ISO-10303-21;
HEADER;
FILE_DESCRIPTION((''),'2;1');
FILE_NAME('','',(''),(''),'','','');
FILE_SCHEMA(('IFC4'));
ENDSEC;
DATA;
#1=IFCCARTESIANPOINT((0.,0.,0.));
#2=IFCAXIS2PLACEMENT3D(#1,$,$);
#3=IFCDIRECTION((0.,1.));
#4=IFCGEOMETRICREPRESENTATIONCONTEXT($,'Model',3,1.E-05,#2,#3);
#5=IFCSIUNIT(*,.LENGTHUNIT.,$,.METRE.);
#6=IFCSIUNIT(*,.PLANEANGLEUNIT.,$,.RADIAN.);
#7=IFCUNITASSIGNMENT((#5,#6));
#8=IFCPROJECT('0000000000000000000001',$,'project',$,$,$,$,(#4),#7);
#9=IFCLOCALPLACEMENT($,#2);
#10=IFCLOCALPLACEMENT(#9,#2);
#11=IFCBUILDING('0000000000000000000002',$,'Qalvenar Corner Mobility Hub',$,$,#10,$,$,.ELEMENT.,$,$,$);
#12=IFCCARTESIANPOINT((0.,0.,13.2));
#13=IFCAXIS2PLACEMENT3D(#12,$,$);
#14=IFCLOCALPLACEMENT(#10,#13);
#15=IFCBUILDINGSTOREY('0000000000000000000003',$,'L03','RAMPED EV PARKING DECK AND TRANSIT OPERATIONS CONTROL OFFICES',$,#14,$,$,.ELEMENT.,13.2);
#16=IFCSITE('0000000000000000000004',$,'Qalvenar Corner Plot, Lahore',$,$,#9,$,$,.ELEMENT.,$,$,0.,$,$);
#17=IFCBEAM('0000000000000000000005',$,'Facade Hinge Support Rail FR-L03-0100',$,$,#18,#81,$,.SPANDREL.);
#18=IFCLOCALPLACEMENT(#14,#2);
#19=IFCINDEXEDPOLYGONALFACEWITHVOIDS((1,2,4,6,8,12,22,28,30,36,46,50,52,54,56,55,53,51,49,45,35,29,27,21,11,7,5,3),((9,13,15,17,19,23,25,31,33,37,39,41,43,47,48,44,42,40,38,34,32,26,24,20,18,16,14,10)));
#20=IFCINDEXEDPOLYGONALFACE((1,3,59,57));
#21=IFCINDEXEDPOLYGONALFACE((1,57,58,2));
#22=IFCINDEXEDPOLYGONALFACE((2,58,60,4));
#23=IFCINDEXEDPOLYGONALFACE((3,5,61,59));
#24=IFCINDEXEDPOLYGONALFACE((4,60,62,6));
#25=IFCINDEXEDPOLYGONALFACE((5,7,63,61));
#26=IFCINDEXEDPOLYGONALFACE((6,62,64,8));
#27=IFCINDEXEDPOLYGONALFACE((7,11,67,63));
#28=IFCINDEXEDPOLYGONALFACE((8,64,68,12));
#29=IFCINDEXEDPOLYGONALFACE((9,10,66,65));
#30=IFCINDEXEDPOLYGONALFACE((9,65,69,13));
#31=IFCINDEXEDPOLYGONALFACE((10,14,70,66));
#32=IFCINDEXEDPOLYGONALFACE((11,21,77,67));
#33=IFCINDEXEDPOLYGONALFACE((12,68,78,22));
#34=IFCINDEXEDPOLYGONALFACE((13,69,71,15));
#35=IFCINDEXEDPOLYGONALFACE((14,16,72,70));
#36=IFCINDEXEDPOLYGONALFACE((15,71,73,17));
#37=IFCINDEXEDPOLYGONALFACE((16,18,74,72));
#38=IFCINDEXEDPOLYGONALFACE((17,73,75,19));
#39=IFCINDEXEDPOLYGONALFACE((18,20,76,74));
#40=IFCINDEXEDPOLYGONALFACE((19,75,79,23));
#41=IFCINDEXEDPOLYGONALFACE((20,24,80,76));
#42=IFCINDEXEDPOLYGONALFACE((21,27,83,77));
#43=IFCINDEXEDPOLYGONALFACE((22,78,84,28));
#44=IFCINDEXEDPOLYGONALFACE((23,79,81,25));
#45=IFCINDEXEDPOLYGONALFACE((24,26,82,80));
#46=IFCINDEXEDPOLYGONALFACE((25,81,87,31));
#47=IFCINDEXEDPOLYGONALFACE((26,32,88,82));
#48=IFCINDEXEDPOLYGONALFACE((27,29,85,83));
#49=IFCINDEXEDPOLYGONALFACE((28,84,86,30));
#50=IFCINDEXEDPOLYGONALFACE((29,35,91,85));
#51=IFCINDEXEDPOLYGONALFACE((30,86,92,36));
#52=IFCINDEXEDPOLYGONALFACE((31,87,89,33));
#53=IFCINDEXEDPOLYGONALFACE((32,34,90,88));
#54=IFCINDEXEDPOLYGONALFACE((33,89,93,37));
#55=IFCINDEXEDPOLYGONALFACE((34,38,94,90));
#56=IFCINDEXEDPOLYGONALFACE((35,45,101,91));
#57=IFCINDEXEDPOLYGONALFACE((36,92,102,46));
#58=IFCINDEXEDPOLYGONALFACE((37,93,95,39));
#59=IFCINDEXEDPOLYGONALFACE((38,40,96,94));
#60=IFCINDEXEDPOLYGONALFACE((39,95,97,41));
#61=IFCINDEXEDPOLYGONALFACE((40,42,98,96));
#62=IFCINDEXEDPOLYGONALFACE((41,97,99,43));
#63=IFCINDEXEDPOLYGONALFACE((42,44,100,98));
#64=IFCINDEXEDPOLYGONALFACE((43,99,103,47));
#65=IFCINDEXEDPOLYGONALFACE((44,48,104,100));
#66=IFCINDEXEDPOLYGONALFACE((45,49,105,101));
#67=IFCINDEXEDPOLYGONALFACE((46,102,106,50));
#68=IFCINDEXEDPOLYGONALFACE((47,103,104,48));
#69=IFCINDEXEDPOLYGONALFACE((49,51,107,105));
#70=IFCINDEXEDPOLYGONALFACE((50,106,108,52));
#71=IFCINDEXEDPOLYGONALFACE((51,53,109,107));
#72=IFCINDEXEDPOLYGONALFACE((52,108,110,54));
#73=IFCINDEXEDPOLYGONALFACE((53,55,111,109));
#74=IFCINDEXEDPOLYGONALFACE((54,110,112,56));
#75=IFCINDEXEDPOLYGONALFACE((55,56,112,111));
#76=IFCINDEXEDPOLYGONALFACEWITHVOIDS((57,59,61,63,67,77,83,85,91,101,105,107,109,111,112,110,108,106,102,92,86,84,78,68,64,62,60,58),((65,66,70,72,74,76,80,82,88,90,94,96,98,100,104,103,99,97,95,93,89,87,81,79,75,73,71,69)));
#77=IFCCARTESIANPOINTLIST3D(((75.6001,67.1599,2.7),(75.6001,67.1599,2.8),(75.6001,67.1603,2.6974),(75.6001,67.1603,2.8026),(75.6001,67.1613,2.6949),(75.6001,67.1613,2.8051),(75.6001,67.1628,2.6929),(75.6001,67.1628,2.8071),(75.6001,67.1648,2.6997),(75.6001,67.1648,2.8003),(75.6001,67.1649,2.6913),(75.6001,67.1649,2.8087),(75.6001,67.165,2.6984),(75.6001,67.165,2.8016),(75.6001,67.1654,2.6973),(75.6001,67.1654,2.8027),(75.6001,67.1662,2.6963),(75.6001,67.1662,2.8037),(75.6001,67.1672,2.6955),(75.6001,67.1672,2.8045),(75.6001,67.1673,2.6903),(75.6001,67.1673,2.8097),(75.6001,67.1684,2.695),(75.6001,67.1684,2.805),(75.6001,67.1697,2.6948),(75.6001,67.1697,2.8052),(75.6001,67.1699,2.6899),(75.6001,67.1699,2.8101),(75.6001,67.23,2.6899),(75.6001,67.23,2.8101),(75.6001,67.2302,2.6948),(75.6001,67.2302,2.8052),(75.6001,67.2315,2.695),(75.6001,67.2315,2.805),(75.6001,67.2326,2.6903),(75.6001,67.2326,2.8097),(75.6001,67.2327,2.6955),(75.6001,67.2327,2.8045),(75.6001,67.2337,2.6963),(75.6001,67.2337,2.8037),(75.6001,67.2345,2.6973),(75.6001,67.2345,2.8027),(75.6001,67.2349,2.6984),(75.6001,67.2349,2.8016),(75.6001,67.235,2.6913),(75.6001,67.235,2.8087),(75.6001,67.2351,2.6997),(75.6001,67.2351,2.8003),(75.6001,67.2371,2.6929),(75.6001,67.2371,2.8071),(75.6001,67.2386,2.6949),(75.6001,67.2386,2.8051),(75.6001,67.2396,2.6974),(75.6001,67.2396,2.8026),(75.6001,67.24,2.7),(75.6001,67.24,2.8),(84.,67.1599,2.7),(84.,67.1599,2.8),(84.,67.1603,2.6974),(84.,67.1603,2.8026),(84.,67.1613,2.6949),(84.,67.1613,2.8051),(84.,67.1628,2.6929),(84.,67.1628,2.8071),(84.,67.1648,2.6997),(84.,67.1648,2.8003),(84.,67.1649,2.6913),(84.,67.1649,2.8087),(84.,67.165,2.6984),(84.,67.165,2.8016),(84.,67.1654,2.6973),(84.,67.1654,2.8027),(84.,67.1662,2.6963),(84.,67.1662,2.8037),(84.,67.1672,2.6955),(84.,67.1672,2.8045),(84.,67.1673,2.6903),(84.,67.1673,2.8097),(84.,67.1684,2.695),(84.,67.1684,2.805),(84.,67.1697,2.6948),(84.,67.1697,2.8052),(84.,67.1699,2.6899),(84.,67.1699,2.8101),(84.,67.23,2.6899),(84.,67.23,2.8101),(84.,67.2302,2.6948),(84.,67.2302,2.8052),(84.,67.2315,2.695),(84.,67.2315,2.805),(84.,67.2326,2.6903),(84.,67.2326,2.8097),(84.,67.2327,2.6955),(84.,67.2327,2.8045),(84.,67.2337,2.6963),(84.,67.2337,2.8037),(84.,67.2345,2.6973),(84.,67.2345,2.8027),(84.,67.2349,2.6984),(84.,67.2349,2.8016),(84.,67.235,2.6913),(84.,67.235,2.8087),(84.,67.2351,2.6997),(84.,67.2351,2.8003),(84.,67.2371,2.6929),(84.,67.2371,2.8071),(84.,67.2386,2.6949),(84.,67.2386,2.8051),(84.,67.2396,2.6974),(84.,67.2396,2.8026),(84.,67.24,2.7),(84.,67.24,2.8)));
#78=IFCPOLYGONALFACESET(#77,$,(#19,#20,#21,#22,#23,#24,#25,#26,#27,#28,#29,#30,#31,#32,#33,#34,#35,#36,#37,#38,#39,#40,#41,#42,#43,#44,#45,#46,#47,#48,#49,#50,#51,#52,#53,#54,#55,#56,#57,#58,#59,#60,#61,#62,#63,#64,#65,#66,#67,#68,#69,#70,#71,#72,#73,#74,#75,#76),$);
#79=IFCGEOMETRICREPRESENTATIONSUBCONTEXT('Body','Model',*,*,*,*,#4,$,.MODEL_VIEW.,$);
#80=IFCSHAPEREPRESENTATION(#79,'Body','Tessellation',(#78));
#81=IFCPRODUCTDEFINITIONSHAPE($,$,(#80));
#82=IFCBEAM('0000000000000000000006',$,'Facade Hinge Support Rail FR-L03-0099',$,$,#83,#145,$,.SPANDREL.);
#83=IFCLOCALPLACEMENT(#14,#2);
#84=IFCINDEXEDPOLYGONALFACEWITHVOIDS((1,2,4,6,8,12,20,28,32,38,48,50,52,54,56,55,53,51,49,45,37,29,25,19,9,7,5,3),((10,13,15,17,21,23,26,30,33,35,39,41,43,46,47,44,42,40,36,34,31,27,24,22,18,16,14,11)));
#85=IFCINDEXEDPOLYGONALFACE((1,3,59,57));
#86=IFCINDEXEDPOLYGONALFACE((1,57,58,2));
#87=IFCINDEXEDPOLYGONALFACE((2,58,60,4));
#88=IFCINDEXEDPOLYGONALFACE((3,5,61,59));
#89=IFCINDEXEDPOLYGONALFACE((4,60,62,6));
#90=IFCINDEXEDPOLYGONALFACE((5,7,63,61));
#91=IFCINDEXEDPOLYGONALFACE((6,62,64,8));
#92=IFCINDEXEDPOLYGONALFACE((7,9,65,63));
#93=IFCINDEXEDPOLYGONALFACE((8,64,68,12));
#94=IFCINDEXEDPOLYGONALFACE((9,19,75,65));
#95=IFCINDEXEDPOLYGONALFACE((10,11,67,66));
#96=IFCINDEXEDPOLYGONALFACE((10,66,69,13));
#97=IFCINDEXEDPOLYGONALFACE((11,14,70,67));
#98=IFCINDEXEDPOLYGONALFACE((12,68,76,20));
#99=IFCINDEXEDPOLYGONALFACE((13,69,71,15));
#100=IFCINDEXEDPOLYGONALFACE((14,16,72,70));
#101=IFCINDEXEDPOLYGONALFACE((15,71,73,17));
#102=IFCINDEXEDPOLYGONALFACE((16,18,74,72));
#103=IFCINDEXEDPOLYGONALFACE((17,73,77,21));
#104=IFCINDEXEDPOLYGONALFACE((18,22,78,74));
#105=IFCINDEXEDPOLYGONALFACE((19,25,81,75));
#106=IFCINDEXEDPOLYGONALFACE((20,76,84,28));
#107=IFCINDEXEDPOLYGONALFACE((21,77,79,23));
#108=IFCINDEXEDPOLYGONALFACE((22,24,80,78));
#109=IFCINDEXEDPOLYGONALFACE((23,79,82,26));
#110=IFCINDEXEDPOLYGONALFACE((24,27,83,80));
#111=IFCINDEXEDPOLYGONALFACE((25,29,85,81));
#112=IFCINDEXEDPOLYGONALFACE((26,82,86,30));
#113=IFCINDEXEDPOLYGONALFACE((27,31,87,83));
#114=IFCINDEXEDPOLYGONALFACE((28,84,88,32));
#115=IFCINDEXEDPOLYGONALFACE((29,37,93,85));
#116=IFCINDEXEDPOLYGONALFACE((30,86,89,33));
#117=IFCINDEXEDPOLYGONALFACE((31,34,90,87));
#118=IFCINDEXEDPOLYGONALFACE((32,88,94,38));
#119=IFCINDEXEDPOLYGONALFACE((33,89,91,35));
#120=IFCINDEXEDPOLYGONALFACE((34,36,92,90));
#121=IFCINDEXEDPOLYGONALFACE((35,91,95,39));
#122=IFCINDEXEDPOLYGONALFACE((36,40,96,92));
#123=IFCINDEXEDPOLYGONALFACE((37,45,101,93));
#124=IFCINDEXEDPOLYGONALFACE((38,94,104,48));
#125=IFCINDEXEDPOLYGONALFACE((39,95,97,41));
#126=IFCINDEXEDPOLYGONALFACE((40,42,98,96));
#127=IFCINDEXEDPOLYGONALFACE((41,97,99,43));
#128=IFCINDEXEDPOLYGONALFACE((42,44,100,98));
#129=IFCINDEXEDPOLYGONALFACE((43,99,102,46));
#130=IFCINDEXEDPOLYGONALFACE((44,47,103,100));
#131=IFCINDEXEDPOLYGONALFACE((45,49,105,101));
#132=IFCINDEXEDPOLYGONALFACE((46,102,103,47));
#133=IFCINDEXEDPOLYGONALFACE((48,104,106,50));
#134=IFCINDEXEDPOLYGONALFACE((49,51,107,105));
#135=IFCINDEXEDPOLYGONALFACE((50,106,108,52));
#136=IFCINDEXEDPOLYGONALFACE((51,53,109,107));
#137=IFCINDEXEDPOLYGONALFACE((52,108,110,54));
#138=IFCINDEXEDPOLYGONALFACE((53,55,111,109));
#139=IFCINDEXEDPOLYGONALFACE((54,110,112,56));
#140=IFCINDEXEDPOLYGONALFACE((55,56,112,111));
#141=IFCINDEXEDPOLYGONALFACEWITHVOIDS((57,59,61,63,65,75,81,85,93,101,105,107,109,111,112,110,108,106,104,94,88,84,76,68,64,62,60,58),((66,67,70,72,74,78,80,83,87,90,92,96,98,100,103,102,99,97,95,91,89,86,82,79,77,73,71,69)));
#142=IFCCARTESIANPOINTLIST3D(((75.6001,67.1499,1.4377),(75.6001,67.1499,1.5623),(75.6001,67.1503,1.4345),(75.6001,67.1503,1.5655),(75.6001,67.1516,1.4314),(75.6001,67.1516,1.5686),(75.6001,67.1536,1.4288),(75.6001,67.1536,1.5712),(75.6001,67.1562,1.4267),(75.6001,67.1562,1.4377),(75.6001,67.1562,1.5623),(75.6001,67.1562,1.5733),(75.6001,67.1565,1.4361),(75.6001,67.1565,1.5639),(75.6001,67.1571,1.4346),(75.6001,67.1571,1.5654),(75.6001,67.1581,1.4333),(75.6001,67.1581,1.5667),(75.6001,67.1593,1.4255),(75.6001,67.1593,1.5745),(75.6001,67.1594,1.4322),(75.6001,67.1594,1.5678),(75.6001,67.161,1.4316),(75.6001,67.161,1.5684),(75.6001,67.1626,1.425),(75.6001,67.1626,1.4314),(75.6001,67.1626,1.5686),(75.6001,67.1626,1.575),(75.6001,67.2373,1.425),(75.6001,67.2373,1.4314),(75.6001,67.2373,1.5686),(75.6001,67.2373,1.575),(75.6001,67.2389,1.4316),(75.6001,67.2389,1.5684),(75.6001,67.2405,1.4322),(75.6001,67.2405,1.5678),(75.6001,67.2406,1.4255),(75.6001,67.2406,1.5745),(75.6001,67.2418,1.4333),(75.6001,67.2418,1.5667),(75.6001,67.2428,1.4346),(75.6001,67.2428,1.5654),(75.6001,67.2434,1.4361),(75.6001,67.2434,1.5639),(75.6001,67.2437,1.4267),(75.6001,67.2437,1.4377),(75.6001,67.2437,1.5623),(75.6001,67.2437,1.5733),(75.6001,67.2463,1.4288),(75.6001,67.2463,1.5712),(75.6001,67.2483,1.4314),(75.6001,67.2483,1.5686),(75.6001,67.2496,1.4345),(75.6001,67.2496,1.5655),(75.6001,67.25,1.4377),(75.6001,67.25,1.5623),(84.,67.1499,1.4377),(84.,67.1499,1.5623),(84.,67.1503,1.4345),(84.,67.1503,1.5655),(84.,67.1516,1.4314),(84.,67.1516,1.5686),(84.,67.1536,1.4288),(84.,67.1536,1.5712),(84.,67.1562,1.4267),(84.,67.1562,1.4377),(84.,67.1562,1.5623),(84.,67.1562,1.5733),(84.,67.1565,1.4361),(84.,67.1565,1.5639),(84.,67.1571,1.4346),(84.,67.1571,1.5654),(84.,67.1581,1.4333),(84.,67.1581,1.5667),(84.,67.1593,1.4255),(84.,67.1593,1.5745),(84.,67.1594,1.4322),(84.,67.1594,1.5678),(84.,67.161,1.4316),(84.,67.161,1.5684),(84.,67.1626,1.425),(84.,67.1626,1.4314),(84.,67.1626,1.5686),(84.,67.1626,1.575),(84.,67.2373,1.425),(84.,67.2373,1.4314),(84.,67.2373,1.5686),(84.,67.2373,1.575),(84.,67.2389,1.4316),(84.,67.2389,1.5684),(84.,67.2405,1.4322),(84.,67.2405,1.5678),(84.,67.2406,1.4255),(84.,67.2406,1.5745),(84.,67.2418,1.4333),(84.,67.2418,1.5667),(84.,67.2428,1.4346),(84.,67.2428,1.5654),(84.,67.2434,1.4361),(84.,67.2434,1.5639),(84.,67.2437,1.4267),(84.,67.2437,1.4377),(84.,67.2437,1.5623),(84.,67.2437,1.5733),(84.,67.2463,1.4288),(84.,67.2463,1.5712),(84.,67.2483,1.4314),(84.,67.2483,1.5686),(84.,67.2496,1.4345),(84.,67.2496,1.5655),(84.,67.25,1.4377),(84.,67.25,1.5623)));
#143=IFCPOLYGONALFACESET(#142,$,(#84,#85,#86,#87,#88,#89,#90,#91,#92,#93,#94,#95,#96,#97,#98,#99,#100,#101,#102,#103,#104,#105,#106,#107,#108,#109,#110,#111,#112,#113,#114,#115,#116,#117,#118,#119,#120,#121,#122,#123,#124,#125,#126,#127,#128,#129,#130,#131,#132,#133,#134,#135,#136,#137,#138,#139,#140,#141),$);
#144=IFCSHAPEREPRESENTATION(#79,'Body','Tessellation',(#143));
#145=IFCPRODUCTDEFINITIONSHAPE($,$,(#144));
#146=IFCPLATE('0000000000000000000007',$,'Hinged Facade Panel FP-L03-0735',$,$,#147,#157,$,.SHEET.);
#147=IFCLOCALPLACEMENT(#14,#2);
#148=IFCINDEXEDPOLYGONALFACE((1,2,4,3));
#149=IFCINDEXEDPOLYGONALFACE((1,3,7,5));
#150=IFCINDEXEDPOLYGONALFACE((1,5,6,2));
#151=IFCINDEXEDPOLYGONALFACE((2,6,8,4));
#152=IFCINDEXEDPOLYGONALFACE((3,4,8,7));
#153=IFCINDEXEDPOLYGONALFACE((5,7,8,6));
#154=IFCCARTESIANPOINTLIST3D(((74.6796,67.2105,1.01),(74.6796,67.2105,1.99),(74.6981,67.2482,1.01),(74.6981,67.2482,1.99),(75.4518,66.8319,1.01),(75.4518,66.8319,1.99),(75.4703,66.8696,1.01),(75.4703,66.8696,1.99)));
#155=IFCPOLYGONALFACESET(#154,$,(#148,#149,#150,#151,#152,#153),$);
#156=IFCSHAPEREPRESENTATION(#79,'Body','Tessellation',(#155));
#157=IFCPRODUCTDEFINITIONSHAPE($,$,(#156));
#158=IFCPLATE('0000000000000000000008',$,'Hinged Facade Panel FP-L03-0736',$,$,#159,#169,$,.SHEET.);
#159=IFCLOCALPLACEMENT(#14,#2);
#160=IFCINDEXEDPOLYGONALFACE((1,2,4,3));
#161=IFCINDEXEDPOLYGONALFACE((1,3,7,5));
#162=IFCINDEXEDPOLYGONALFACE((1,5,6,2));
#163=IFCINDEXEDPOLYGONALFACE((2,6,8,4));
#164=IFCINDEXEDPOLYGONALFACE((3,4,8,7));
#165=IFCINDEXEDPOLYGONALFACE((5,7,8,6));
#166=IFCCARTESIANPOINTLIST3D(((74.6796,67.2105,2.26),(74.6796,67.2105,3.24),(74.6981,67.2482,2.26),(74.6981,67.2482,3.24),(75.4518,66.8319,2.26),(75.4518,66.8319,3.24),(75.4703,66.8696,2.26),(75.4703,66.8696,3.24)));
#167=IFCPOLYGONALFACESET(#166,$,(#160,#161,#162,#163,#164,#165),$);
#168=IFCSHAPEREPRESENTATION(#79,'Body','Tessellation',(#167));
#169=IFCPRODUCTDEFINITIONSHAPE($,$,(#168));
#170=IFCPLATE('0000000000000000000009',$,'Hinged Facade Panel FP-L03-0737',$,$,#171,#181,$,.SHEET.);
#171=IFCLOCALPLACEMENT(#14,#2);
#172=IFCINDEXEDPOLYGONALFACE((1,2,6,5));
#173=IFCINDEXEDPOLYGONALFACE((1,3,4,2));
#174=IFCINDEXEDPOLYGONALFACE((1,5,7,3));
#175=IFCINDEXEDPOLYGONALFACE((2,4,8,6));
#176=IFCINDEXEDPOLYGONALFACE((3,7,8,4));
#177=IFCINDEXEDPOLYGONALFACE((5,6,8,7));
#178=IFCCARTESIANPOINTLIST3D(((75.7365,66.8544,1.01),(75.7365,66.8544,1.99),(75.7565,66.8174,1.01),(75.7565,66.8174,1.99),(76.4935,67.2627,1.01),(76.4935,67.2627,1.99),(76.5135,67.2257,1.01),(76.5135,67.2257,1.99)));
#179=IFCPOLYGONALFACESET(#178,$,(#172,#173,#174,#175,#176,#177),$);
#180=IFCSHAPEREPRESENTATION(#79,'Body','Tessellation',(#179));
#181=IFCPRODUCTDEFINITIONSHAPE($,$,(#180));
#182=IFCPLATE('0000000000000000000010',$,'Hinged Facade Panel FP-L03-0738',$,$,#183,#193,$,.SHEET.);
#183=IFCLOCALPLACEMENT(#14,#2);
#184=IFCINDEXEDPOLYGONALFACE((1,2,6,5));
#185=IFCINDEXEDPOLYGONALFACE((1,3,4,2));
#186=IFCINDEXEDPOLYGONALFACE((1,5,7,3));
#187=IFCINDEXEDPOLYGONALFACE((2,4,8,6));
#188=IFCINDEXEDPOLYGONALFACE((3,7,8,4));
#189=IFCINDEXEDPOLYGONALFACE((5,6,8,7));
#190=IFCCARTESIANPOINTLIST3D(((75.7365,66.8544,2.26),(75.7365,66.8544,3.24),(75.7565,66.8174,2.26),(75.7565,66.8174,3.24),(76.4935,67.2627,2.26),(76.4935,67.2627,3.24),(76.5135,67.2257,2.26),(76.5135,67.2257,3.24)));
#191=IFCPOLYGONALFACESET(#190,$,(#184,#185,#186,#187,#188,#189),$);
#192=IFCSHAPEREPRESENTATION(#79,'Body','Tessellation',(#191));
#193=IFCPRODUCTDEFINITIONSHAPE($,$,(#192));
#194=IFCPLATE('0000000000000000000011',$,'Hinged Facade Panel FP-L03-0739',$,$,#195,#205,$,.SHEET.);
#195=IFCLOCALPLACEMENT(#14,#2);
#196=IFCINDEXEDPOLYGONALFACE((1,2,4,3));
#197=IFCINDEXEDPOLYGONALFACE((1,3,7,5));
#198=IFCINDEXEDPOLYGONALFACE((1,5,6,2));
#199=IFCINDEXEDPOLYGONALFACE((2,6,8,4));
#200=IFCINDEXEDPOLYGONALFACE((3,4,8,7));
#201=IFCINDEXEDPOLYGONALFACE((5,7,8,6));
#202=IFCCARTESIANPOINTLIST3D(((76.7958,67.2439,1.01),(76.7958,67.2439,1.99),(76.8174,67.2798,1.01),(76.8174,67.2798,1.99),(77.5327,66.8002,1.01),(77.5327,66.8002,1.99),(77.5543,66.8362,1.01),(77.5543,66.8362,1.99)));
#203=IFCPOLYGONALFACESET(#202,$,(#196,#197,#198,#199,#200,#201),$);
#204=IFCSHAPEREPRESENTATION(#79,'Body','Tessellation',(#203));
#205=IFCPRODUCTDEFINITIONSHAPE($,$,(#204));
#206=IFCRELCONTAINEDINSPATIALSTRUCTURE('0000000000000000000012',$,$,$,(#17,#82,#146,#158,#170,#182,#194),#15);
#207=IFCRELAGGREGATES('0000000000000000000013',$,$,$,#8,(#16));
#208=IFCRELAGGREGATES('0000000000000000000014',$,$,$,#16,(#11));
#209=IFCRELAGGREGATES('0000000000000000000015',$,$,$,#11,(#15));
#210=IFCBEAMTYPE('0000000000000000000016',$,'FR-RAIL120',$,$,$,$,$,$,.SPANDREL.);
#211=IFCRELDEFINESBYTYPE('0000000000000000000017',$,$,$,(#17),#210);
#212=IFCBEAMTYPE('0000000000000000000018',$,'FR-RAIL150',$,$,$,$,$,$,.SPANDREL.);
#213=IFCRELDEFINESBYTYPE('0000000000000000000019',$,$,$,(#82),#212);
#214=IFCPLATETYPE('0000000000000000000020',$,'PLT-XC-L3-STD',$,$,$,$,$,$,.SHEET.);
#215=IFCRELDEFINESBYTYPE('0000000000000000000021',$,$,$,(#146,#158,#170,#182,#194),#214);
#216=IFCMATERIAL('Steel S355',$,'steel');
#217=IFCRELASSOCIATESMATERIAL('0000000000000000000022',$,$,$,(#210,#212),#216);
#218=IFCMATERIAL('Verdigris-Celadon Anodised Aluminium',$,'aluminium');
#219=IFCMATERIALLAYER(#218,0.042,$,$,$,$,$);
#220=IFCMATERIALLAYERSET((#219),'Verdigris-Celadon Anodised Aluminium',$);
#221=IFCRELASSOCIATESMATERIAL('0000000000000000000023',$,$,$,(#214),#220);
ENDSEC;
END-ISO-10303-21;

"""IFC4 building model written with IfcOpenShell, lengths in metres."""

from ifc_helpers import new_model, si_unit, direction, frame, origin, origin_2d, place, context, subcontext, project, spatial, rectangle, hollow_rectangle, extrude, material, layer, layer_set, material_profile, profile_set, type_object, element, save


model = new_model("IFC4")

# Units and contexts
model_context = context("Model", 3, precision=1e-05, world=origin(), true_north=direction((0.0, 1.0)))
body_context = subcontext(model_context, "Body", "Model", "MODEL_VIEW")
ifc_project = project(units=[si_unit("LENGTHUNIT", "METRE"), si_unit("PLANEANGLEUNIT", "RADIAN")], contexts=[model_context])

# Site, building, storey
site_placement = place(None, origin())
site = spatial("IfcSite", under=ifc_project, at=site_placement, Name="Qalvenar Corner Plot, Lahore", CompositionType="ELEMENT", RefElevation=0.0)
building_placement = place(site_placement, origin())
building = spatial("IfcBuilding", under=site, at=building_placement, Name="Qalvenar Corner Mobility Hub", CompositionType="ELEMENT")
storey_placement = place(building_placement, frame((0.0, 0.0, 13.2)))
storey = spatial("IfcBuildingStorey", under=building, at=storey_placement, Name="L03", Description="RAMPED EV PARKING DECK AND TRANSIT OPERATIONS CONTROL OFFICES", CompositionType="ELEMENT", Elevation=13.2)

# Shared definitions
ifc_material_1 = material(Name="Steel S355", Category="steel")

# Beams
ifc_material_profile_1 = material_profile(ifc_material_1, hollow_rectangle(XDim=0.0801, YDim=0.1201, WallThickness=0.0049, InnerFilletRadius=0.0049, OuterFilletRadius=0.01, at=origin_2d()), Name="RHS120x80x5")
ifc_profile_set_1 = profile_set([ifc_material_profile_1], Name="Steel S355")
beam_type_1 = type_object("IfcBeamType", Name="FR-RAIL120", PredefinedType="SPANDREL", material=ifc_profile_set_1)
beam_1_placement = place(storey_placement, frame((75.6001, 67.2, 2.75), z_axis=(1.0, 0.0, 0.0), x_axis=(0.0, 1.0, 0.0)))
element("IfcBeam", 1, at=beam_1_placement, inside=storey, type_object=beam_type_1, Name="Facade Hinge Support Rail FR-L03-0100", PredefinedType="SPANDREL", context=body_context, shape_type="SweptSolid", body=[
    extrude(hollow_rectangle(XDim=0.0801, YDim=0.1201, WallThickness=0.0049, InnerFilletRadius=0.0049, OuterFilletRadius=0.01, at=origin_2d()), origin(), (0.0, 0.0, 1.0), 8.3999),
])
ifc_material_profile_2 = material_profile(ifc_material_1, hollow_rectangle(XDim=0.1001, YDim=0.1499, WallThickness=0.0063, InnerFilletRadius=0.0063, OuterFilletRadius=0.0127, at=origin_2d()), Name="RHS150x100x6.3")
ifc_profile_set_2 = profile_set([ifc_material_profile_2], Name="Steel S355")
beam_type_2 = type_object("IfcBeamType", Name="FR-RAIL150", PredefinedType="SPANDREL", material=ifc_profile_set_2)
beam_2_placement = place(storey_placement, frame((75.6001, 67.2, 1.5), z_axis=(1.0, 0.0, 0.0), x_axis=(0.0, 1.0, 0.0)))
element("IfcBeam", 2, at=beam_2_placement, inside=storey, type_object=beam_type_2, Name="Facade Hinge Support Rail FR-L03-0099", PredefinedType="SPANDREL", context=body_context, shape_type="SweptSolid", body=[
    extrude(hollow_rectangle(XDim=0.1001, YDim=0.1499, WallThickness=0.0063, InnerFilletRadius=0.0063, OuterFilletRadius=0.0127, at=origin_2d()), origin(), (0.0, 0.0, 1.0), 8.3999),
])

# Plates
ifc_material_2 = material(Name="Verdigris-Celadon Anodised Aluminium", Category="aluminium")
ifc_layer = layer(ifc_material_2, 0.042)
ifc_layer_set = layer_set([ifc_layer], Name="Verdigris-Celadon Anodised Aluminium")
plate_type = type_object("IfcPlateType", Name="PLT-XC-L3-STD", PredefinedType="SHEET", material=ifc_layer_set)
for number, where, z_axis, x_axis, name in (
    (3, (75.075, 67.04, 1.01), (0.0, 0.0, 1.0), (0.897874, -0.440253, 0.0), "Hinged Facade Panel FP-L03-0735"),
    (4, (75.075, 67.04, 2.26), (0.0, 0.0, 1.0), (0.897874, -0.440253, 0.0), "Hinged Facade Panel FP-L03-0736"),
    (5, (76.125, 67.04, 1.01), (0.0, 0.0, 1.0), (0.880146, 0.474703, 0.0), "Hinged Facade Panel FP-L03-0737"),
    (6, (76.125, 67.04, 2.26), (0.0, 0.0, 1.0), (0.880146, 0.474703, 0.0), "Hinged Facade Panel FP-L03-0738"),
    (7, (77.175, 67.04, 1.01), (0.0, 0.0, 1.0), (0.856718, -0.515786, 0.0), "Hinged Facade Panel FP-L03-0739"),
):
    element("IfcPlate", number, at=place(storey_placement, frame(where, z_axis=z_axis, x_axis=x_axis)), inside=storey, type_object=plate_type, Name=name, PredefinedType="SHEET", context=body_context, shape_type="SweptSolid", body=[
        extrude(rectangle(XDim=0.8601, YDim=0.042, at=origin_2d()), origin(), (0.0, 0.0, 1.0), 0.98),
    ])

save(model, "model.ifc")
